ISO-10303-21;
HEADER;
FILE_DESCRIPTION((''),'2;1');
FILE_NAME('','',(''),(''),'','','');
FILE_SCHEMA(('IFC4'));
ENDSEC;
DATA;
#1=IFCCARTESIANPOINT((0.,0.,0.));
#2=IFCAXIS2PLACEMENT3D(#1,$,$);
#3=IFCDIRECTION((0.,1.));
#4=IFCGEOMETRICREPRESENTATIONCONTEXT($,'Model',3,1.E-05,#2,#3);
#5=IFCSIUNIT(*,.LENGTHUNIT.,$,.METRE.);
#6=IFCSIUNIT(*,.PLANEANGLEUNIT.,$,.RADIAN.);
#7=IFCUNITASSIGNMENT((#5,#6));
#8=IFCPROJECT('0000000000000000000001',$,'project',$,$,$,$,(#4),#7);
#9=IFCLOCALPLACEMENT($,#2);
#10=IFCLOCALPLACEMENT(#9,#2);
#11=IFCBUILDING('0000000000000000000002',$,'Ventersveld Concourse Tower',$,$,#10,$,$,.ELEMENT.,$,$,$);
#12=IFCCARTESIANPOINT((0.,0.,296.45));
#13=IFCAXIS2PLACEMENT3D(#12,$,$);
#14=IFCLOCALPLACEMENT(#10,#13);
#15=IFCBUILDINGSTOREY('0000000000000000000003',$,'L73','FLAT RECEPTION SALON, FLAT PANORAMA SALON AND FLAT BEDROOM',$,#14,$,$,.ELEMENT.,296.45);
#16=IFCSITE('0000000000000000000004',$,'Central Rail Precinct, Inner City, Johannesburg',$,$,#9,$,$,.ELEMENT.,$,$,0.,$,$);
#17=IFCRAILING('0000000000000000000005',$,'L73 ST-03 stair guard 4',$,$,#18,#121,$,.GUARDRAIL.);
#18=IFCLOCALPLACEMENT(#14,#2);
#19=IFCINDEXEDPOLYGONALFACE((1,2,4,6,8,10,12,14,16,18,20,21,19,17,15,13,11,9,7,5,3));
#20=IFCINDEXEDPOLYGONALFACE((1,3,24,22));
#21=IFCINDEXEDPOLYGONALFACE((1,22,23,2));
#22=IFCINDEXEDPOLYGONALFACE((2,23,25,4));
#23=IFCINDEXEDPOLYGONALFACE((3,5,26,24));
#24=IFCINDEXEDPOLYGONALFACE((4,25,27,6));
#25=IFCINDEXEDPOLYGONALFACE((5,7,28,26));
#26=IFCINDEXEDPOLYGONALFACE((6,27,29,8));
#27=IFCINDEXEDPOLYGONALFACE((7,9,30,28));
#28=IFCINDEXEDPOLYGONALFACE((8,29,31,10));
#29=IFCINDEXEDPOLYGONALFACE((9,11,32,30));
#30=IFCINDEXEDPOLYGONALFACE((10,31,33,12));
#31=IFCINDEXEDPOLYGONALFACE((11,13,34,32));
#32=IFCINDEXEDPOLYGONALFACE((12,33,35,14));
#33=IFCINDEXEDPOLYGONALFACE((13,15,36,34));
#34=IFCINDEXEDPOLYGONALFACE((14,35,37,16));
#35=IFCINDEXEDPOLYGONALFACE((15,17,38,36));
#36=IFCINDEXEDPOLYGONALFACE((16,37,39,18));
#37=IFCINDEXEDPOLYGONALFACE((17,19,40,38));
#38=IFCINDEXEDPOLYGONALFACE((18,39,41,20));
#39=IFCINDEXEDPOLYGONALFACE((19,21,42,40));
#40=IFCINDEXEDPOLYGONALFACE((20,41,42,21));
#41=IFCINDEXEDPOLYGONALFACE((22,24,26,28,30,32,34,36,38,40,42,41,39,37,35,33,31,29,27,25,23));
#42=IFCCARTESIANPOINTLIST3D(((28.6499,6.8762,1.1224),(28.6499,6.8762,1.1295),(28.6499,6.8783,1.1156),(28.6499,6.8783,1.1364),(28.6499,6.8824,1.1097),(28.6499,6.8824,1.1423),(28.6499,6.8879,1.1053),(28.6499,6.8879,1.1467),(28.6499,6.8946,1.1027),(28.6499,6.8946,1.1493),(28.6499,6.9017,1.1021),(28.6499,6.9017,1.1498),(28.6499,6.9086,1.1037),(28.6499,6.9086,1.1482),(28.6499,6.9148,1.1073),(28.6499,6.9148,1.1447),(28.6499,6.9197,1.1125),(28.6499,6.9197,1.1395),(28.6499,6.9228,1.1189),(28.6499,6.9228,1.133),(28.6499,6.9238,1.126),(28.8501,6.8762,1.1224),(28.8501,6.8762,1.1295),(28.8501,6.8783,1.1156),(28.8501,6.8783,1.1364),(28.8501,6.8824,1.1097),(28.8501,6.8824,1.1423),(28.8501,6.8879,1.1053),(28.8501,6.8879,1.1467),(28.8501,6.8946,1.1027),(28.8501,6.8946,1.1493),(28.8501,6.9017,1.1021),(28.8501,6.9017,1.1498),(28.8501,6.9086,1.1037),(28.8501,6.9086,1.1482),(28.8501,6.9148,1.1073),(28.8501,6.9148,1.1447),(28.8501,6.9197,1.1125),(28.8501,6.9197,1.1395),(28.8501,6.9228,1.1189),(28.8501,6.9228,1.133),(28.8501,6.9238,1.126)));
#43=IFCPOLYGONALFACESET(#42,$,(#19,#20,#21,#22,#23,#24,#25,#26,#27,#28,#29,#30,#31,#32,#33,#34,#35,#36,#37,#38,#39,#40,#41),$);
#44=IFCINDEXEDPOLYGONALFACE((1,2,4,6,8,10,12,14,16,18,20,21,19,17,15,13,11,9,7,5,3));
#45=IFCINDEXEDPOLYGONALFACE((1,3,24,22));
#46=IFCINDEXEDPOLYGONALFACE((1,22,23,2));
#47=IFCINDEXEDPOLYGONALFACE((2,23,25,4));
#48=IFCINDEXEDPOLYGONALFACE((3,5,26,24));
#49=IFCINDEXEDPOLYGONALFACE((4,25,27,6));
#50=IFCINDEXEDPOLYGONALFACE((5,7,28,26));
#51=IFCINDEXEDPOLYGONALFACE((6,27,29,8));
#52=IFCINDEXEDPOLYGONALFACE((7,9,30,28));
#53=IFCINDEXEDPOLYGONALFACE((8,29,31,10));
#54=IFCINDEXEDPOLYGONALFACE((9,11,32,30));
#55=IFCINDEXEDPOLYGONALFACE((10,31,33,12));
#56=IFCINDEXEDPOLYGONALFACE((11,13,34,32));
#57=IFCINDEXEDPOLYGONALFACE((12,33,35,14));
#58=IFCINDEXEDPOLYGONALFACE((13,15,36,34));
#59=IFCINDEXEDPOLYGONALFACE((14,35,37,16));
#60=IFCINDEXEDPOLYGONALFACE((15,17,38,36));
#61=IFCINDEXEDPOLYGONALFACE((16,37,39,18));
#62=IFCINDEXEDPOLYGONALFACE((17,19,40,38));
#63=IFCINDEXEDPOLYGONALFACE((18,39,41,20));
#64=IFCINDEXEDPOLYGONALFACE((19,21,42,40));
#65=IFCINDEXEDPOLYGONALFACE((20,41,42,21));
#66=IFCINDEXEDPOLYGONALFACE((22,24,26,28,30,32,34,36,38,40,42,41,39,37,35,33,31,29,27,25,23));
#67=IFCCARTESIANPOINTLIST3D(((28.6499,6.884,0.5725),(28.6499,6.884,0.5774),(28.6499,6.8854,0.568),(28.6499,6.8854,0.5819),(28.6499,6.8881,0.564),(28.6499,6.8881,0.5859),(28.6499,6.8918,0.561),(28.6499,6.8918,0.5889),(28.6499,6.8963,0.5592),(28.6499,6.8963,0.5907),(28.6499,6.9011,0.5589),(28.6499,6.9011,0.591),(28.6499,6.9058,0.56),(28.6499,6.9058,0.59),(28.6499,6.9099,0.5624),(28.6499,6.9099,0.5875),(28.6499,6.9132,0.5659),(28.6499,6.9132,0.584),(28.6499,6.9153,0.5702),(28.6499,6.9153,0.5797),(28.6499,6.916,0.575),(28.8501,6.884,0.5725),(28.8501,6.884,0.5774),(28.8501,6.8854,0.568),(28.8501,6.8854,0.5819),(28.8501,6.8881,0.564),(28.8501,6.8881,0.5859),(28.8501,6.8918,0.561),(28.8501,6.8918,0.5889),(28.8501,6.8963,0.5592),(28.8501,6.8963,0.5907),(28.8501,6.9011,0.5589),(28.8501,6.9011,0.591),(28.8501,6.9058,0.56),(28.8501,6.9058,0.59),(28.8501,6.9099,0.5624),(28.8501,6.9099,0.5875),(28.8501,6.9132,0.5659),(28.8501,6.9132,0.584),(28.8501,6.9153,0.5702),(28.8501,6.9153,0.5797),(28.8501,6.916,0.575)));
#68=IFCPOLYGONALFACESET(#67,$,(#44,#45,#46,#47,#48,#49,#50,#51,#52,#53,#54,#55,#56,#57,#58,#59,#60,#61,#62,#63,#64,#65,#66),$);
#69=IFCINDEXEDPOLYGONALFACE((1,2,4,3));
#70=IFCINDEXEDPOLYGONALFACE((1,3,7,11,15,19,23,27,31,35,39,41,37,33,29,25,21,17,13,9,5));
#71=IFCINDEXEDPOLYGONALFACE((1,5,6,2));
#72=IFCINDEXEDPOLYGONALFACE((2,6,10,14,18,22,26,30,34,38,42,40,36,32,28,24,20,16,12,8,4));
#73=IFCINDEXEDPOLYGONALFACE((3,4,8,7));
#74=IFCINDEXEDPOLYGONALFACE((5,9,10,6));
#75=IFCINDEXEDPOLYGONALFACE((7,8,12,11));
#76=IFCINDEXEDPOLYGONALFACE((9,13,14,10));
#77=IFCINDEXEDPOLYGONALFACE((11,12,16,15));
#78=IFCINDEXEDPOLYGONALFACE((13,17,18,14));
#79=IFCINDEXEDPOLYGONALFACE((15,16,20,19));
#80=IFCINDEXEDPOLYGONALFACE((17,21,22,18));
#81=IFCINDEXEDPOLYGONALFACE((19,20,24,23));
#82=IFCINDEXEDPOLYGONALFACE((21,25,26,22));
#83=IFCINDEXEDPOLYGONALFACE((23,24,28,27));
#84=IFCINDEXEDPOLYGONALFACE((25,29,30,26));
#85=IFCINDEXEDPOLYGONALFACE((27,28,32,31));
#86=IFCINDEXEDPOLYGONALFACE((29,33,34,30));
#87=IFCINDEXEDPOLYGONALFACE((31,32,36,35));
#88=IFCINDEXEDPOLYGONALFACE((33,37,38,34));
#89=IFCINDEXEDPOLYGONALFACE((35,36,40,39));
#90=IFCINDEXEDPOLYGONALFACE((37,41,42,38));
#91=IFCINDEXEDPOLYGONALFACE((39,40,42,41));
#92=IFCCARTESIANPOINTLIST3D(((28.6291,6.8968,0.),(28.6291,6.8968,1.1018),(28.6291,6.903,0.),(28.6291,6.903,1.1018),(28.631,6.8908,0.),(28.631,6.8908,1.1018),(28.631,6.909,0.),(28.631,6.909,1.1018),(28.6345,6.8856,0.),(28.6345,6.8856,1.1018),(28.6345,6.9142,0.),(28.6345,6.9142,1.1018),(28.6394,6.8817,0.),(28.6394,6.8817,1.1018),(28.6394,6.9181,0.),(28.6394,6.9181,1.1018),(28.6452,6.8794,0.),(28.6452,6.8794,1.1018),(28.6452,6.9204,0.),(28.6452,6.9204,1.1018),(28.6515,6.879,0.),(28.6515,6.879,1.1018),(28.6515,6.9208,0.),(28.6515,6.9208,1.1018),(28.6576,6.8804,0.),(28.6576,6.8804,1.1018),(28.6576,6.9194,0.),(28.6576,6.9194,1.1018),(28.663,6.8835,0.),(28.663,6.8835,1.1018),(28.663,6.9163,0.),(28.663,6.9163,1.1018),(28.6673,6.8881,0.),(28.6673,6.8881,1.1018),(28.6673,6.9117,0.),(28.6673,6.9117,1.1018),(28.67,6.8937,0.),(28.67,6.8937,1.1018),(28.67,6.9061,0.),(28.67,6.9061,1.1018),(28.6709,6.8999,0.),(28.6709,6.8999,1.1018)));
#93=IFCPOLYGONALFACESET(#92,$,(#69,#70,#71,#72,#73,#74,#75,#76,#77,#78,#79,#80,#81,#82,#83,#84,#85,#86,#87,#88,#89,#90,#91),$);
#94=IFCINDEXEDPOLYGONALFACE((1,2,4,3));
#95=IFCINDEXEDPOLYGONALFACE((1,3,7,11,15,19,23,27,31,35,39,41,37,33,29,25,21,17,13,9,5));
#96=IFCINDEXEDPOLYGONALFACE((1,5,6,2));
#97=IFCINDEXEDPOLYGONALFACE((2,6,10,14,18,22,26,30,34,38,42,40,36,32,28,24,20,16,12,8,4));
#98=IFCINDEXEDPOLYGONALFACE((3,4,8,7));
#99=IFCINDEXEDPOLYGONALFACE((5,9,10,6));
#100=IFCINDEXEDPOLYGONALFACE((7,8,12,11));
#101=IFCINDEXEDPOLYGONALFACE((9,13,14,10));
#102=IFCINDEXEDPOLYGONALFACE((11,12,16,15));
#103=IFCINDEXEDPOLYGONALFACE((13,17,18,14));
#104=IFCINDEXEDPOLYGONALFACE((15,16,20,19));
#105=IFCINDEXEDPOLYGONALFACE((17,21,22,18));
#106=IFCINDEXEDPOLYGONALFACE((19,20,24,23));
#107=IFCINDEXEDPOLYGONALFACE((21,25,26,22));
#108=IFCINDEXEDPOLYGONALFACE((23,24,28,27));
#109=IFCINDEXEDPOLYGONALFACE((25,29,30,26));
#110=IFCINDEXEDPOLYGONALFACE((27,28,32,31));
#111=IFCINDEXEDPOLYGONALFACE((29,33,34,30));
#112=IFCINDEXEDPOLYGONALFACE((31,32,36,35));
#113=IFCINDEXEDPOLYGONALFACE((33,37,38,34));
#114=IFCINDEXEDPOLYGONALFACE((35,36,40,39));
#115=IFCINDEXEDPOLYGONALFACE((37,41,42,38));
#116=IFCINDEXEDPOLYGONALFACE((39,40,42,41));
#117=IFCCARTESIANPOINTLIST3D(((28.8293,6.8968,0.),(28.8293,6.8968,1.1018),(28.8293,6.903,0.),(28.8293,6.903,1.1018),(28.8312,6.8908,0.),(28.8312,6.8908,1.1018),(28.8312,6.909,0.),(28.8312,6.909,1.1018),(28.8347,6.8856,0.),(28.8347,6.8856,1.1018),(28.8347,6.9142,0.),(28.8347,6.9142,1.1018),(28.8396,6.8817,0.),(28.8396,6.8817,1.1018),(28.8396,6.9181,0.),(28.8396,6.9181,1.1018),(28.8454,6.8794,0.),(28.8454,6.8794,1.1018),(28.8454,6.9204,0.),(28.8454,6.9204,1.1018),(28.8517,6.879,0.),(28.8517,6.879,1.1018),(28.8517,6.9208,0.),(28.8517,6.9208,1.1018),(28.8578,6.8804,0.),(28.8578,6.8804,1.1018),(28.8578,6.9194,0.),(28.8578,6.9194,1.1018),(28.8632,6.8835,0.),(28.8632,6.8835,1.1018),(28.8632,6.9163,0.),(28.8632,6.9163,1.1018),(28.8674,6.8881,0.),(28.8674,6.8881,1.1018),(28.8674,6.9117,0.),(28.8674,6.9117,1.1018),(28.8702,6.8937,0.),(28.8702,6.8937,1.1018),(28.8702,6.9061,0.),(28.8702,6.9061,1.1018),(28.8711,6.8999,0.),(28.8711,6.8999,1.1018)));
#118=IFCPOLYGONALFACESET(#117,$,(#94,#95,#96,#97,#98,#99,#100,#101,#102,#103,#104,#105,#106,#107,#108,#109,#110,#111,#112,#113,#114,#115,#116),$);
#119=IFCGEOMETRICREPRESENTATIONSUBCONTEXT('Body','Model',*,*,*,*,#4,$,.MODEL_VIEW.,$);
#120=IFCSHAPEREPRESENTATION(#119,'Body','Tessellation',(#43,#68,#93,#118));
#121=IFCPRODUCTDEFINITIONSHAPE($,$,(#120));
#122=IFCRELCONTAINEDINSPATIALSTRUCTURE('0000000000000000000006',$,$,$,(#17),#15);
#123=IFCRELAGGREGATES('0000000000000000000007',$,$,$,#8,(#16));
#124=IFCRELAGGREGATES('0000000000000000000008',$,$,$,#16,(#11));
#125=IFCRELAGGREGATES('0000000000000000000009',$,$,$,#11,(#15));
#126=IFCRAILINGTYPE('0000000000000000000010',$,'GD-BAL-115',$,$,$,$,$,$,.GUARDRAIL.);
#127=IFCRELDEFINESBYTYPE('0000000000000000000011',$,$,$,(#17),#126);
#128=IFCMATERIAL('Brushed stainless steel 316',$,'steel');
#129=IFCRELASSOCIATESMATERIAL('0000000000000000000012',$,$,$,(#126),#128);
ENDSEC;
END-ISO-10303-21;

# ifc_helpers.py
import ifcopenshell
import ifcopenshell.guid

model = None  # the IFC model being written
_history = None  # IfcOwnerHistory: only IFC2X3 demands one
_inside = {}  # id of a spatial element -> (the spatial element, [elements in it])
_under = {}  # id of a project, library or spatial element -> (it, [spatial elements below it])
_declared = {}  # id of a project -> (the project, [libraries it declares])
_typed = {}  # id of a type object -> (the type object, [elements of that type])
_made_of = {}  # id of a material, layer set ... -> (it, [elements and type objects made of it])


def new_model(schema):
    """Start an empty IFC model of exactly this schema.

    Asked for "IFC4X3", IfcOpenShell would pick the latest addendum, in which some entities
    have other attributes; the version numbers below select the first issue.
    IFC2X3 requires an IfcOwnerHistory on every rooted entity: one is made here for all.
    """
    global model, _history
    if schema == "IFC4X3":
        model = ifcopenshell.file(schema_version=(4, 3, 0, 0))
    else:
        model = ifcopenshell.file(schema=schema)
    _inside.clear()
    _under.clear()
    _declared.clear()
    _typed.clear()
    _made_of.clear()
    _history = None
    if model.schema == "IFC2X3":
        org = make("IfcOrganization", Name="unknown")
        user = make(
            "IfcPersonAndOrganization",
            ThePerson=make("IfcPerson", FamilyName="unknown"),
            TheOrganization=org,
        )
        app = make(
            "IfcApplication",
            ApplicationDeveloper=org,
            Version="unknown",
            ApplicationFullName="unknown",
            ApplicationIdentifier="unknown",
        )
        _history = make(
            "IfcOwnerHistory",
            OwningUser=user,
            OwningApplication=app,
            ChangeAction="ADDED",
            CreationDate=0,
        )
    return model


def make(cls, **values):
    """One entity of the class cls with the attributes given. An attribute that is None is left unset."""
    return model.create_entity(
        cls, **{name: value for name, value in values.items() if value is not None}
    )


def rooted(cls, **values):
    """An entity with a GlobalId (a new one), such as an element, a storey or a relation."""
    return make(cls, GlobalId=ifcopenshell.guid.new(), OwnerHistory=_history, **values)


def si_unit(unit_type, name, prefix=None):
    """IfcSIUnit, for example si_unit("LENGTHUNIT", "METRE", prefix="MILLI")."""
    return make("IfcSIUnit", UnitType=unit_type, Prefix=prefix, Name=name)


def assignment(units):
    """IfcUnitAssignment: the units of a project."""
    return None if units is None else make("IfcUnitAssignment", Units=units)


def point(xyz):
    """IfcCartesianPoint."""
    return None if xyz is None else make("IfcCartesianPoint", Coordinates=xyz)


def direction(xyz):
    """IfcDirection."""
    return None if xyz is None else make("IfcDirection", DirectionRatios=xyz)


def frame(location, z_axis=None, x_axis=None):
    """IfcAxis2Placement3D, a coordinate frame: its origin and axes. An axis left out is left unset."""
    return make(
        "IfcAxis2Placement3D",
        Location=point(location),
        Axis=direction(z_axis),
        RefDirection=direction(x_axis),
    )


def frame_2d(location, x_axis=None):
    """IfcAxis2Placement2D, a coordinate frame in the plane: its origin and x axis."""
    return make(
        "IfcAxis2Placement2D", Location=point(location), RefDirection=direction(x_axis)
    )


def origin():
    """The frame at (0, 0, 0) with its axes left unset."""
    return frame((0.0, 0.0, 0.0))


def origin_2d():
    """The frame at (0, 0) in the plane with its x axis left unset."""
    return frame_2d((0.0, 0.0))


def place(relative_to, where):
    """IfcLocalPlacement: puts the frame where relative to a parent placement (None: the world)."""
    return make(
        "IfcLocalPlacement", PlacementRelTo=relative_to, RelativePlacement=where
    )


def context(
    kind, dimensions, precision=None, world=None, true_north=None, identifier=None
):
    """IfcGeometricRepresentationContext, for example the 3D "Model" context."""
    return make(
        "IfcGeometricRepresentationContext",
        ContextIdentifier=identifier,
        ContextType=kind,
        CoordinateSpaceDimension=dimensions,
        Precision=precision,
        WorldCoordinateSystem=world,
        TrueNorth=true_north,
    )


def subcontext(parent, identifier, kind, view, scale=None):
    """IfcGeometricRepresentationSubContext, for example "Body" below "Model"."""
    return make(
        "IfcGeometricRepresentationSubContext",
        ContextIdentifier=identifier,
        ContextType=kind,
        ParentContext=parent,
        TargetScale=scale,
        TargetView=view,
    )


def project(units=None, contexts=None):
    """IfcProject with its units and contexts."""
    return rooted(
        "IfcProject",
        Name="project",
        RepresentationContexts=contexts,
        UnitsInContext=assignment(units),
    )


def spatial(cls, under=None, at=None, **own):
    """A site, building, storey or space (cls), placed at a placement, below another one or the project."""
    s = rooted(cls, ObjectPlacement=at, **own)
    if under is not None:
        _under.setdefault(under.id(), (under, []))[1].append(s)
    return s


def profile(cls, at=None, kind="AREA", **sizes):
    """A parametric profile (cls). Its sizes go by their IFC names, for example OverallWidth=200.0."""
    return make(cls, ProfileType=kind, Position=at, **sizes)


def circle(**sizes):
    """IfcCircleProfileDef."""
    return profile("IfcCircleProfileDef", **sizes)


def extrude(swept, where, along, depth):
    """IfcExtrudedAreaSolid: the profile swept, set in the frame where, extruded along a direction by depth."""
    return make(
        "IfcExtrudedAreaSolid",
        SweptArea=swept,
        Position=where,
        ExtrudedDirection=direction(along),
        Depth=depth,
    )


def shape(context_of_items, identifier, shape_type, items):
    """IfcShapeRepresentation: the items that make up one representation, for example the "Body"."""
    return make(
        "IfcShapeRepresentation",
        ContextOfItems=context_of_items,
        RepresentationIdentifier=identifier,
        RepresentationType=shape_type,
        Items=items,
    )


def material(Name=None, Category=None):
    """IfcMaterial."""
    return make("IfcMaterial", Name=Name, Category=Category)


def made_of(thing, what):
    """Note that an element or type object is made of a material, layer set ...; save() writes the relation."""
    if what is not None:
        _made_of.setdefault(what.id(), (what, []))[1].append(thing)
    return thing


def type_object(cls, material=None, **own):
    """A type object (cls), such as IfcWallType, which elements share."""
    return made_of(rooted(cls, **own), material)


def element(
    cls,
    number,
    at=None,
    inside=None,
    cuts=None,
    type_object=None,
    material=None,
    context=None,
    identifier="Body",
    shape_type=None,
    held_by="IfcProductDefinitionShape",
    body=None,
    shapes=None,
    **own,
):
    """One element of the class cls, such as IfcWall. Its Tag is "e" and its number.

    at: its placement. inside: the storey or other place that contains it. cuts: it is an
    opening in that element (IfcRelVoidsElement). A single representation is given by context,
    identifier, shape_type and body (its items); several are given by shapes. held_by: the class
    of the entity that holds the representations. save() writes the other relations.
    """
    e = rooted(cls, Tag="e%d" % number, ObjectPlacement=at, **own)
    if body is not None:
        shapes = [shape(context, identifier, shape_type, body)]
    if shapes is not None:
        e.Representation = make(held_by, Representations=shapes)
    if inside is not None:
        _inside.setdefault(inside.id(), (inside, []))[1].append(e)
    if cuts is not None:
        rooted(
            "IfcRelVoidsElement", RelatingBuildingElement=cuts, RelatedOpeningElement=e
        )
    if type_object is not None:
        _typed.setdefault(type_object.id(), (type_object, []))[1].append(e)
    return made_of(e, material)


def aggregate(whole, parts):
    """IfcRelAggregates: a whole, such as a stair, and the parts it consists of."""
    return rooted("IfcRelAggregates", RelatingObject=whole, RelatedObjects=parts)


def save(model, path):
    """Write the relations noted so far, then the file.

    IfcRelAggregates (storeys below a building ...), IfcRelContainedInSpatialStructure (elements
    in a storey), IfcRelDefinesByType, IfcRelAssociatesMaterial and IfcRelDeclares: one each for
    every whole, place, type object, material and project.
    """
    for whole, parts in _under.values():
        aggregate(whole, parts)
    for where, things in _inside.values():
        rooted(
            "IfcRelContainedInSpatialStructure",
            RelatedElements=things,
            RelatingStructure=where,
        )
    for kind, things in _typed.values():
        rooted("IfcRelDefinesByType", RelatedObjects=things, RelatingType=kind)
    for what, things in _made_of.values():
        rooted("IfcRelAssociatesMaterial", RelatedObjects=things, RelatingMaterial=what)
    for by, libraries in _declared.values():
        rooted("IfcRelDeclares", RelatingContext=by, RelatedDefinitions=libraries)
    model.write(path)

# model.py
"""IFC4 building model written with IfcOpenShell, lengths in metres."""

from ifc_helpers import new_model, si_unit, direction, frame, origin, origin_2d, place, context, subcontext, project, spatial, circle, extrude, material, type_object, element, save


model = new_model("IFC4")

# Units and contexts
model_context = context("Model", 3, precision=1e-05, world=origin(), true_north=direction((0.0, 1.0)))
body_context = subcontext(model_context, "Body", "Model", "MODEL_VIEW")
ifc_project = project(units=[si_unit("LENGTHUNIT", "METRE"), si_unit("PLANEANGLEUNIT", "RADIAN")], contexts=[model_context])

# Site, building, storey
site_placement = place(None, origin())
site = spatial("IfcSite", under=ifc_project, at=site_placement, Name="Central Rail Precinct, Inner City, Johannesburg", CompositionType="ELEMENT", RefElevation=0.0)
building_placement = place(site_placement, origin())
building = spatial("IfcBuilding", under=site, at=building_placement, Name="Ventersveld Concourse Tower", CompositionType="ELEMENT")
storey_placement = place(building_placement, frame((0.0, 0.0, 296.45)))
storey = spatial("IfcBuildingStorey", under=building, at=storey_placement, Name="L73", Description="FLAT RECEPTION SALON, FLAT PANORAMA SALON AND FLAT BEDROOM", CompositionType="ELEMENT", Elevation=296.45)

# Shared definitions
ifc_material_1 = material(Name="Brushed stainless steel 316", Category="steel")

# Railing
railing_type_1 = type_object("IfcRailingType", Name="GD-BAL-115", PredefinedType="GUARDRAIL", material=ifc_material_1)
railing_1_placement = place(storey_placement, frame((28.6499, 6.8999, 0.0)))
element("IfcRailing", 1, at=railing_1_placement, inside=storey, type_object=railing_type_1, Name="L73 ST-03 stair guard 4", PredefinedType="GUARDRAIL", context=body_context, shape_type="SweptSolid", body=[
    extrude(circle(Radius=0.0239, at=origin_2d()), frame((0.0, 0.0, 1.126), z_axis=(1.0, 0.0, 0.0), x_axis=(0.0, 1.0, 0.0)), (0.0, 0.0, 1.0), 0.2002),
    extrude(circle(Radius=0.0161, at=origin_2d()), frame((0.0, 0.0, 0.575), z_axis=(1.0, 0.0, 0.0), x_axis=(0.0, 1.0, 0.0)), (0.0, 0.0, 1.0), 0.2002),
    extrude(circle(Radius=0.021, at=origin_2d()), origin(), (0.0, 0.0, 1.0), 1.1018),
    extrude(circle(Radius=0.021, at=origin_2d()), frame((0.2002, 0.0, 0.0)), (0.0, 0.0, 1.0), 1.1018),
])

save(model, "model.ifc")
